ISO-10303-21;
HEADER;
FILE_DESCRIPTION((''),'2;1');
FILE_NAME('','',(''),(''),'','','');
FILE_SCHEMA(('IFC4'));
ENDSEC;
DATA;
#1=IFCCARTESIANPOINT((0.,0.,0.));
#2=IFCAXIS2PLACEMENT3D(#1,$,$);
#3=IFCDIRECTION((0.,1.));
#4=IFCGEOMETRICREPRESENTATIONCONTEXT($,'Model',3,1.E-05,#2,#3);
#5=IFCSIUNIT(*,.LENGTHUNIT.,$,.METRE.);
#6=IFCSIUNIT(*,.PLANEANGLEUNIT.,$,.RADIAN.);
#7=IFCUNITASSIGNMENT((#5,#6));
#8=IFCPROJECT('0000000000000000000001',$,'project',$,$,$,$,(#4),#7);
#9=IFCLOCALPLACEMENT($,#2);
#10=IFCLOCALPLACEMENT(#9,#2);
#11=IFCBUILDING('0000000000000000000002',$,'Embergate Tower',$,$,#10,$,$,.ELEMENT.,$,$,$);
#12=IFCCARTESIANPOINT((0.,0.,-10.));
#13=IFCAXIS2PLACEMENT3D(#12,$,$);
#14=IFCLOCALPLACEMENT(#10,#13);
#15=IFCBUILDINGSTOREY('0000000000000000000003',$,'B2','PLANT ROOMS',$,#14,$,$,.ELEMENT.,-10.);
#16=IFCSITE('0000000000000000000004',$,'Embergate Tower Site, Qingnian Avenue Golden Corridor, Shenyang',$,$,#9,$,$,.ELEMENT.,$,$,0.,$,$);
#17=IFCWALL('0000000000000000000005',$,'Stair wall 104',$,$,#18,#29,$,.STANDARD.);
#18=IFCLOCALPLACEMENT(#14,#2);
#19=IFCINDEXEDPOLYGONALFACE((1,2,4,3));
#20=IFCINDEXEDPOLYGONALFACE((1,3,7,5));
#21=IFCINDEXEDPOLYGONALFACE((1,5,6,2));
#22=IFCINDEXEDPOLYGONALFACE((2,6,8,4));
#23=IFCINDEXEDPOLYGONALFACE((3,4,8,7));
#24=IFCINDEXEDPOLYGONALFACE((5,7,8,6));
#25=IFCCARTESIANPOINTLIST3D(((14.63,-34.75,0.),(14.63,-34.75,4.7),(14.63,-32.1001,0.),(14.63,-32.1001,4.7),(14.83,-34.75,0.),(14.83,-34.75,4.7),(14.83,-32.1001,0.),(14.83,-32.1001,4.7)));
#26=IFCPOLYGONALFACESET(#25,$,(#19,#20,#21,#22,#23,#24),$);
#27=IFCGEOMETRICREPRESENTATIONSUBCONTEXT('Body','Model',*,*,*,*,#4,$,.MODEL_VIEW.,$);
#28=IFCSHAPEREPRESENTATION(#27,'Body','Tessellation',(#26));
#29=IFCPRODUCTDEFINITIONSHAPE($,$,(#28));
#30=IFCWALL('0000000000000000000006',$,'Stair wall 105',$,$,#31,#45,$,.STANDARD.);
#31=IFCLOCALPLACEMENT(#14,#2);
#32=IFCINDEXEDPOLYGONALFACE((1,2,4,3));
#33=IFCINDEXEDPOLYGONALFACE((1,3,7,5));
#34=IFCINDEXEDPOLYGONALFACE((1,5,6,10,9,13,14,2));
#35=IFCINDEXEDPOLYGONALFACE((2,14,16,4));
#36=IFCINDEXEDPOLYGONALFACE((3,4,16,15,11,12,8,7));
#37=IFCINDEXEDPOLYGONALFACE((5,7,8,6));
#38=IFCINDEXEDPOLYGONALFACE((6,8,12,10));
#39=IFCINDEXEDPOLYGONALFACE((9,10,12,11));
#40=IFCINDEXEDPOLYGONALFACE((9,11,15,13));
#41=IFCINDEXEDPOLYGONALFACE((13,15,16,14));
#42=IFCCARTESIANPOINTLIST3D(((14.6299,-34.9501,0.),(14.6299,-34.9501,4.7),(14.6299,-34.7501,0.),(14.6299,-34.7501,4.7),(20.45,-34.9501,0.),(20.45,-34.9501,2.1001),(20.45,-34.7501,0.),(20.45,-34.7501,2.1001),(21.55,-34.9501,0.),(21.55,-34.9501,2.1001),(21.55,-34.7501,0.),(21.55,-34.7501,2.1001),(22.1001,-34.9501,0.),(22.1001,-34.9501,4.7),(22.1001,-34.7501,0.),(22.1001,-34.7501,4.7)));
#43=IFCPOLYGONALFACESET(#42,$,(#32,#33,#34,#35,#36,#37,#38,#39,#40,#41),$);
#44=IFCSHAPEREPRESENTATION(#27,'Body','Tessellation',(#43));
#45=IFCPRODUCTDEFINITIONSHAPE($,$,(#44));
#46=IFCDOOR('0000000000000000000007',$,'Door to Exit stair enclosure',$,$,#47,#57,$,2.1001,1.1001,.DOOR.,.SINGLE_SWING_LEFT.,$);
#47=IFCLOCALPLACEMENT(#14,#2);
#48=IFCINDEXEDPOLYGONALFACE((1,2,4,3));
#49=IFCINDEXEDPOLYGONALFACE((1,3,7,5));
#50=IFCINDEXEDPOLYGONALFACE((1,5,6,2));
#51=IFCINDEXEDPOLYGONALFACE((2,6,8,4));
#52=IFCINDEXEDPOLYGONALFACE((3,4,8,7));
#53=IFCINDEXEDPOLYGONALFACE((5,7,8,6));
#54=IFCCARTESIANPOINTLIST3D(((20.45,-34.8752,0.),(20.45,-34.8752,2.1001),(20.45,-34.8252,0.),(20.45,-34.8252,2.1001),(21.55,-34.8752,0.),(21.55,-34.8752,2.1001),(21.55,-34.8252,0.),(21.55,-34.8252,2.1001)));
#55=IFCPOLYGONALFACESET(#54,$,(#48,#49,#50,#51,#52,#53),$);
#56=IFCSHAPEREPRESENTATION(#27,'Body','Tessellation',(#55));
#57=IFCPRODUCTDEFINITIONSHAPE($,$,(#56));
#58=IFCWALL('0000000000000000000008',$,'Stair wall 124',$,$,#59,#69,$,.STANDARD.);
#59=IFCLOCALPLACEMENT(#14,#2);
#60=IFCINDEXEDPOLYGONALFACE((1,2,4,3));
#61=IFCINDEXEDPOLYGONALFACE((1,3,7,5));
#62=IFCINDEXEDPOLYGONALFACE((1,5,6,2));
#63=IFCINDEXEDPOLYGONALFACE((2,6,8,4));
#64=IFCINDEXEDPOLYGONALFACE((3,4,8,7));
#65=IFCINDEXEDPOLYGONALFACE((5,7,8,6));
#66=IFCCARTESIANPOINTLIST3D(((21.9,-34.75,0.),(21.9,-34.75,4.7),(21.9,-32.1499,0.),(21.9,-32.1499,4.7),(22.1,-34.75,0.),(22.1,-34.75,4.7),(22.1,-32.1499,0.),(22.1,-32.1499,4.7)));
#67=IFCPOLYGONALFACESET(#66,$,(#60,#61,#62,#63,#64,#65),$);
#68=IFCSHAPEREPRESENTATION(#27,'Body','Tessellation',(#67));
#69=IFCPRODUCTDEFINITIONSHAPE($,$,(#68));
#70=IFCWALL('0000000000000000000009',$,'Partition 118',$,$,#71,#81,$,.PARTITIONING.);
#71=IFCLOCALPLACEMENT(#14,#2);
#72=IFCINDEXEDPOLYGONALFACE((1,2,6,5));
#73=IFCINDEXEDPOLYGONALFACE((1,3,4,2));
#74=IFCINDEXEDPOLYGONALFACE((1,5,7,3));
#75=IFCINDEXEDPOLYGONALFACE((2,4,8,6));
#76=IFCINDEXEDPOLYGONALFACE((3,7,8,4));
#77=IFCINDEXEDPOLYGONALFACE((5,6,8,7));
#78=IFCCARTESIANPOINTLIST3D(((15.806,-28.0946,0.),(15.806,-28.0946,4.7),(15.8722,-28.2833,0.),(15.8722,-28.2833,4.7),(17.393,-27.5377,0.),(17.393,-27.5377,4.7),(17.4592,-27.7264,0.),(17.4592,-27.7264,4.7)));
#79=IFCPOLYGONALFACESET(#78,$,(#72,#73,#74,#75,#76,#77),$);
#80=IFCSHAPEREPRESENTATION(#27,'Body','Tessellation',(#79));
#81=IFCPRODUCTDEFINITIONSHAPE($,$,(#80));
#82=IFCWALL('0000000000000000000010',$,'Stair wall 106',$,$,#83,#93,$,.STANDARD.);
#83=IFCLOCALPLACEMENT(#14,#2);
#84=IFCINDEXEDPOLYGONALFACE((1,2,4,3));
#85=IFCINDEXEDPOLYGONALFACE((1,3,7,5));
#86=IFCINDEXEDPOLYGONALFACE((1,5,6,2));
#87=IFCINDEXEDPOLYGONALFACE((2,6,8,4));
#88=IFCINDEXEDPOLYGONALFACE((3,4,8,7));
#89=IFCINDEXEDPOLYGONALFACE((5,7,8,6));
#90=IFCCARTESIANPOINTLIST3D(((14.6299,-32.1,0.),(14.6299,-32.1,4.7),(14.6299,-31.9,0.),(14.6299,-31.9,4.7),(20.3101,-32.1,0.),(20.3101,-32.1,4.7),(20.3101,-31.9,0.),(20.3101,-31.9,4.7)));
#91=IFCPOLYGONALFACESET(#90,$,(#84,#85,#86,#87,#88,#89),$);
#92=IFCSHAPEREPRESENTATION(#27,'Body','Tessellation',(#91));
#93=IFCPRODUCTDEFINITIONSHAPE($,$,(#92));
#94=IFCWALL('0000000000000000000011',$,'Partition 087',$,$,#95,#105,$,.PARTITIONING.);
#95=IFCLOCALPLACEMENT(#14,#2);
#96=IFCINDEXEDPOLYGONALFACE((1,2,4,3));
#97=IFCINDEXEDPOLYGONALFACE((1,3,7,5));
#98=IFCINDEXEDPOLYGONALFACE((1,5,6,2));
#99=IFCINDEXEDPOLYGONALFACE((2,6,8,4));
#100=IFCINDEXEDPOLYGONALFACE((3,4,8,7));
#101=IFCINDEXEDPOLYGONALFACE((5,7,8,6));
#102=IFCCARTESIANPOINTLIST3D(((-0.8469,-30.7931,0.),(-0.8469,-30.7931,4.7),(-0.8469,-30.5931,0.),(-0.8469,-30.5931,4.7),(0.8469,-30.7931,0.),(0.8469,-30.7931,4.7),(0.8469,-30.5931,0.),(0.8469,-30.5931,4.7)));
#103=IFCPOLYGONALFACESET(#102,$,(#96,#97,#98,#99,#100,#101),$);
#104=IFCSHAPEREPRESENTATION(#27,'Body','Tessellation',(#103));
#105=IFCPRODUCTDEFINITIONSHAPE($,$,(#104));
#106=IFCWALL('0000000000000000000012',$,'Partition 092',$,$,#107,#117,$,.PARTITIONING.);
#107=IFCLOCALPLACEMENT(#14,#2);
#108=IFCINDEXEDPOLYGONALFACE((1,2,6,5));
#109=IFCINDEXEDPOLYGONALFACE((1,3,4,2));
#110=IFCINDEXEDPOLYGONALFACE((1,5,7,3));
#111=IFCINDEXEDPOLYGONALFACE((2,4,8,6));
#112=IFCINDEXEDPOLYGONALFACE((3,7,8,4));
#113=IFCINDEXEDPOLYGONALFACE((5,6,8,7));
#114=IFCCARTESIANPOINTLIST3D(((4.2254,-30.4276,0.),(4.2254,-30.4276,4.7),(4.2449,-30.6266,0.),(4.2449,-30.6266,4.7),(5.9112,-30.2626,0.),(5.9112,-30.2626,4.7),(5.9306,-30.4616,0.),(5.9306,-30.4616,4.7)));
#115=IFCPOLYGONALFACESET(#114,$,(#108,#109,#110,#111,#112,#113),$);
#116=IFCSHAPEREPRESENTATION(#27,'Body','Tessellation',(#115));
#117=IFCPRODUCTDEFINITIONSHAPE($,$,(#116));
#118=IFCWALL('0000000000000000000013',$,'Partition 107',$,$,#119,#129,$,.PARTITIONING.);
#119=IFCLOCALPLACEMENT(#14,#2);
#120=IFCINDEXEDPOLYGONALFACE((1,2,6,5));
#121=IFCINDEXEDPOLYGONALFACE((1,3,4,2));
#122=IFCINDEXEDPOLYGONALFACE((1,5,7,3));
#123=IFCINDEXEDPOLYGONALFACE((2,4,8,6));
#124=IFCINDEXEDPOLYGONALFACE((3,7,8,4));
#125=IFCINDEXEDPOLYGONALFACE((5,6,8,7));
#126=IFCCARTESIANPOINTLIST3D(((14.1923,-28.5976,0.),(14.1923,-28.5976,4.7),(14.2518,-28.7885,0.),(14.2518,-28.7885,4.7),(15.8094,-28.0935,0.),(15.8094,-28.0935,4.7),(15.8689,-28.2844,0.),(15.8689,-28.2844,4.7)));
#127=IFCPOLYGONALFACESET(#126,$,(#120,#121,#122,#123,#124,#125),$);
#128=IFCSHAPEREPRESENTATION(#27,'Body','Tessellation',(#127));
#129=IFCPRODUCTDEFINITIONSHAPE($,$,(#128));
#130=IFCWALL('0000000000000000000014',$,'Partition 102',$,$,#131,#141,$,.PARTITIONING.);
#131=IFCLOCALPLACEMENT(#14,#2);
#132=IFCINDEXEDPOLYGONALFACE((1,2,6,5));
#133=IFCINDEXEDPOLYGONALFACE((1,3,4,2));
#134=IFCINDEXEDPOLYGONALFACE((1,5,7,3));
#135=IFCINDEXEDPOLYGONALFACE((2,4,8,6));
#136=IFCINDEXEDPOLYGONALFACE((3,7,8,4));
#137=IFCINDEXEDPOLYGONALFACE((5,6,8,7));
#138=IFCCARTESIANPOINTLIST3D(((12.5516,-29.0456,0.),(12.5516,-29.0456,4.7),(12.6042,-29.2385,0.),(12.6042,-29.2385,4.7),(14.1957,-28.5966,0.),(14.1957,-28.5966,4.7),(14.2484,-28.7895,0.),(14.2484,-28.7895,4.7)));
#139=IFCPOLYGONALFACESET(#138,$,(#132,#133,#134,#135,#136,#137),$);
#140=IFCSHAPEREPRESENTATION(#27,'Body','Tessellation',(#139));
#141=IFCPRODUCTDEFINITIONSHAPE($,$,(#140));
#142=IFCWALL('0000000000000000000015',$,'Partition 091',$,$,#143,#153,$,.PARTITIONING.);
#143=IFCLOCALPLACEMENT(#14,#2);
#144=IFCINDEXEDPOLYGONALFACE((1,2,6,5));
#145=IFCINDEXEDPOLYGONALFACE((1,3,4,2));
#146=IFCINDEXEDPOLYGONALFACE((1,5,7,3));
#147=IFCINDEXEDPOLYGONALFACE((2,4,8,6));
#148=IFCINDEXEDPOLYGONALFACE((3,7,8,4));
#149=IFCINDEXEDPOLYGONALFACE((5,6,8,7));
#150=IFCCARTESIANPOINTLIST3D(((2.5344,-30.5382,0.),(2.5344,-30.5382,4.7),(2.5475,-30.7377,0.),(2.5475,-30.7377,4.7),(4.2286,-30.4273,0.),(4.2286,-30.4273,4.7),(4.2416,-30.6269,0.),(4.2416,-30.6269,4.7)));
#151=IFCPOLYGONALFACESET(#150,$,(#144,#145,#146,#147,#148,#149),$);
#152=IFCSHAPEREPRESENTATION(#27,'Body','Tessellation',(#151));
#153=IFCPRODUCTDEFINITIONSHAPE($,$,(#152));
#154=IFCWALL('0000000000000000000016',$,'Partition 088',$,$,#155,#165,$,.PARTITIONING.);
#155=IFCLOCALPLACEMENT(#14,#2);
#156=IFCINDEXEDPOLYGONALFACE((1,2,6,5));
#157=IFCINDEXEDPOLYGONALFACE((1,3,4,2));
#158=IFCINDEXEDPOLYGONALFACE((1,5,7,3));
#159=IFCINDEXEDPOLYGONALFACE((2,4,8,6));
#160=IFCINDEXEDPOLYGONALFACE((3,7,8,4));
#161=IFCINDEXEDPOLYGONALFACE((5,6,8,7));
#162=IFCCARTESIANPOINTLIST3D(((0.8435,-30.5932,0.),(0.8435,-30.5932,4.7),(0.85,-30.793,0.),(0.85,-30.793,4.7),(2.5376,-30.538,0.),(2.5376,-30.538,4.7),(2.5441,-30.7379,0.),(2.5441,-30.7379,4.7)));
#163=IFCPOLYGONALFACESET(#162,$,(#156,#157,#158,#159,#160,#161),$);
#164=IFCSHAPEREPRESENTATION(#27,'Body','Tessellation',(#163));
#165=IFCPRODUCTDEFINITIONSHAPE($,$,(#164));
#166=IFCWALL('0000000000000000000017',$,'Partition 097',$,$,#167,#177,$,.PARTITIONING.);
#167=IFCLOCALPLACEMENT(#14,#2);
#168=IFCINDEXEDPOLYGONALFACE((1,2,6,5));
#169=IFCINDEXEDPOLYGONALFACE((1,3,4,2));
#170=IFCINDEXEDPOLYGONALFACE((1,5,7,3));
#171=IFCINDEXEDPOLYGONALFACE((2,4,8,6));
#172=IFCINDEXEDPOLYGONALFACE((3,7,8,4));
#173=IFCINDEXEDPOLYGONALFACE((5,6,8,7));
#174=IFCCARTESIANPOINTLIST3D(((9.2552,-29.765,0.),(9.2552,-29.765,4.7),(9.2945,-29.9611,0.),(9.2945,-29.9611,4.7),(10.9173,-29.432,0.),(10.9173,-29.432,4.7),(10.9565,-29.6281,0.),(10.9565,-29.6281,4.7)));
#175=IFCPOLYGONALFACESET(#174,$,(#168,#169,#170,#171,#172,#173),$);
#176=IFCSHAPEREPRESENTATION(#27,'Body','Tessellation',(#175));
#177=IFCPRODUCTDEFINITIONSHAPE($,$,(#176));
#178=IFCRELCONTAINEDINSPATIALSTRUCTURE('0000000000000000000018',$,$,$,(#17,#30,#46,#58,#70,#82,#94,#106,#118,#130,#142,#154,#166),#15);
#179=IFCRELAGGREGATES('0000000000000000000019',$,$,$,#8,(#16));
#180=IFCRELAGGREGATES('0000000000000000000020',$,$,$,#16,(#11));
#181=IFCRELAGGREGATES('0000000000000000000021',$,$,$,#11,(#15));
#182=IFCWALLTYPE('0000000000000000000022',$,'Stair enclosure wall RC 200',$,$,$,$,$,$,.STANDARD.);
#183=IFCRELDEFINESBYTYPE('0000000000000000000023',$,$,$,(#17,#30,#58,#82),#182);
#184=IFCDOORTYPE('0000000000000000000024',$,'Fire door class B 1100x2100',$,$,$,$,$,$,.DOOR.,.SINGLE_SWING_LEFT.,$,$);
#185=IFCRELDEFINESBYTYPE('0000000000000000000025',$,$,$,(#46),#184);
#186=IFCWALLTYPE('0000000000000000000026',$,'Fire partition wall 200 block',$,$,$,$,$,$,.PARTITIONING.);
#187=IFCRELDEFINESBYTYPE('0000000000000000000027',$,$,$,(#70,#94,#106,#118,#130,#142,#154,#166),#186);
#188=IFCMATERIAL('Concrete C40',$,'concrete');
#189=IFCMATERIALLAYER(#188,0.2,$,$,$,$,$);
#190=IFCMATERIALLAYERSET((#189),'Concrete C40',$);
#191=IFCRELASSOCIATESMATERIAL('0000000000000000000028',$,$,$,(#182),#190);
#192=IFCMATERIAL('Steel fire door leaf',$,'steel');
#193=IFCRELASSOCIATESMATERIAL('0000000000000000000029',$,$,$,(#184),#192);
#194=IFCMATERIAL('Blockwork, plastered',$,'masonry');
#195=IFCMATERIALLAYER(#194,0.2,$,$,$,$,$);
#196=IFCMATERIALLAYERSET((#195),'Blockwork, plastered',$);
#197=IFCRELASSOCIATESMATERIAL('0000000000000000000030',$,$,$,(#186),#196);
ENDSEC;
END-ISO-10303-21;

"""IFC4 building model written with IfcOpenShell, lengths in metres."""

from ifc_helpers import new_model, si_unit, direction, frame, frame_2d, origin, place, context, subcontext, project, spatial, rectangle, extrude, source, transform, mapped, material, layer, layer_set, type_object, element, fill, save


model = new_model("IFC4")

# Units and contexts
model_context = context("Model", 3, precision=1e-05, world=origin(), true_north=direction((0.0, 1.0)))
body_context = subcontext(model_context, "Body", "Model", "MODEL_VIEW")
ifc_project = project(units=[si_unit("LENGTHUNIT", "METRE"), si_unit("PLANEANGLEUNIT", "RADIAN")], contexts=[model_context])

# Site, building, storey
site_placement = place(None, origin())
site = spatial("IfcSite", under=ifc_project, at=site_placement, Name="Embergate Tower Site, Qingnian Avenue Golden Corridor, Shenyang", CompositionType="ELEMENT", RefElevation=0.0)
building_placement = place(site_placement, origin())
building = spatial("IfcBuilding", under=site, at=building_placement, Name="Embergate Tower", CompositionType="ELEMENT")
storey_placement = place(building_placement, frame((0.0, 0.0, -10.0)))
storey = spatial("IfcBuildingStorey", under=building, at=storey_placement, Name="B2", Description="PLANT ROOMS", CompositionType="ELEMENT", Elevation=-10.0)

# Shared definitions
ifc_material_1 = material(Name="Concrete C40", Category="concrete")

# Wall
ifc_layer_1 = layer(ifc_material_1, 0.2)
ifc_layer_set_1 = layer_set([ifc_layer_1], Name="Concrete C40")
wall_type_1 = type_object("IfcWallType", Name="Stair enclosure wall RC 200", PredefinedType="STANDARD", material=ifc_layer_set_1)
shared_shape_1 = source(origin(), body_context, "Body", "SweptSolid", [
    extrude(rectangle(XDim=2.6499, YDim=0.2, at=frame_2d((1.325, 0.0))), origin(), (0.0, 0.0, 1.0), 4.7),
])
wall_1_placement = place(storey_placement, frame((14.73, -34.75, 0.0), z_axis=(0.0, 0.0, 1.0), x_axis=(0.0, 1.0, 0.0)))
element("IfcWall", 1, at=wall_1_placement, inside=storey, type_object=wall_type_1, Name="Stair wall 104", PredefinedType="STANDARD", context=body_context, shape_type="MappedRepresentation", body=[
    mapped(shared_shape_1, transform((0.0, 0.0, 0.0))),
])

# Wall, opening, door
shared_shape_2 = source(origin(), body_context, "Body", "SweptSolid", [
    extrude(rectangle(XDim=7.4702, YDim=0.2, at=frame_2d((3.7351, 0.0))), origin(), (0.0, 0.0, 1.0), 4.7),
])
wall_2_placement = place(storey_placement, frame((14.6299, -34.8501, 0.0), z_axis=(0.0, 0.0, 1.0), x_axis=(1.0, 0.0, 0.0)))
wall_2 = element("IfcWall", 2, at=wall_2_placement, inside=storey, type_object=wall_type_1, Name="Stair wall 105", PredefinedType="STANDARD", context=body_context, shape_type="MappedRepresentation", body=[
    mapped(shared_shape_2, transform((0.0, 0.0, 0.0))),
])
shared_shape_3 = source(origin(), body_context, "Body", "SweptSolid", [
    extrude(rectangle(XDim=1.1001, YDim=2.1001, at=frame_2d((0.55, 1.05))), frame((0.0, 0.1099, 0.0), z_axis=(0.0, -1.0, 0.0), x_axis=(1.0, 0.0, 0.0)), (0.0, 0.0, 1.0), 0.22),
])
opening_placement = place(wall_2_placement, frame((5.8201, 0.0, 0.0)))
opening = element("IfcOpeningElement", 3, at=opening_placement, cuts=wall_2, PredefinedType="OPENING", context=body_context, shape_type="MappedRepresentation", body=[
    mapped(shared_shape_3, transform((0.0, 0.0, 0.0))),
])
ifc_material_2 = material(Name="Steel fire door leaf", Category="steel")
door_type = type_object("IfcDoorType", Name="Fire door class B 1100x2100", OperationType="SINGLE_SWING_LEFT", PredefinedType="DOOR", material=ifc_material_2)
shared_shape_4 = source(origin(), body_context, "Body", "SweptSolid", [
    extrude(rectangle(XDim=1.1001, YDim=2.1001, at=frame_2d((0.55, 1.05))), frame((0.0, 0.0249, 0.0), z_axis=(0.0, -1.0, 0.0), x_axis=(1.0, 0.0, 0.0)), (0.0, 0.0, 1.0), 0.05),
])
door_placement = place(opening_placement, origin())
door = element("IfcDoor", 4, at=door_placement, inside=storey, type_object=door_type, Name="Door to Exit stair enclosure", OperationType="SINGLE_SWING_LEFT", OverallHeight=2.1001, OverallWidth=1.1001, PredefinedType="DOOR", context=body_context, shape_type="MappedRepresentation", body=[
    mapped(shared_shape_4, transform((0.0, 0.0, 0.0))),
])
fill(opening, door)

# Walls
shared_shape_5 = source(origin(), body_context, "Body", "SweptSolid", [
    extrude(rectangle(XDim=2.6001, YDim=0.2, at=frame_2d((1.3, 0.0))), origin(), (0.0, 0.0, 1.0), 4.7),
])
wall_3_placement = place(storey_placement, frame((22.0, -32.1499, 0.0), z_axis=(0.0, 0.0, 1.0), x_axis=(0.0, -1.0, 0.0)))
element("IfcWall", 5, at=wall_3_placement, inside=storey, type_object=wall_type_1, Name="Stair wall 124", PredefinedType="STANDARD", context=body_context, shape_type="MappedRepresentation", body=[
    mapped(shared_shape_5, transform((0.0, 0.0, 0.0))),
])
ifc_material_3 = material(Name="Blockwork, plastered", Category="masonry")
ifc_layer_2 = layer(ifc_material_3, 0.2)
ifc_layer_set_2 = layer_set([ifc_layer_2], Name="Blockwork, plastered")
wall_type_2 = type_object("IfcWallType", Name="Fire partition wall 200 block", PredefinedType="PARTITIONING", material=ifc_layer_set_2)
shared_shape_6 = source(origin(), body_context, "Body", "SweptSolid", [
    extrude(rectangle(XDim=1.6819, YDim=0.2, at=frame_2d((0.8408, 0.0))), origin(), (0.0, 0.0, 1.0), 4.7),
])
wall_4_placement = place(storey_placement, frame((17.426, -27.6321, 0.0), z_axis=(0.0, 0.0, 1.0), x_axis=(-0.943586, -0.331126, 0.0)))
element("IfcWall", 6, at=wall_4_placement, inside=storey, type_object=wall_type_2, Name="Partition 118", PredefinedType="PARTITIONING", context=body_context, shape_type="MappedRepresentation", body=[
    mapped(shared_shape_6, transform((0.0, 0.0, 0.0))),
])
shared_shape_7 = source(origin(), body_context, "Body", "SweptSolid", [
    extrude(rectangle(XDim=5.6802, YDim=0.2, at=frame_2d((2.8401, 0.0))), origin(), (0.0, 0.0, 1.0), 4.7),
])
wall_5_placement = place(storey_placement, frame((14.6299, -32.0, 0.0), z_axis=(0.0, 0.0, 1.0), x_axis=(1.0, 0.0, 0.0)))
element("IfcWall", 7, at=wall_5_placement, inside=storey, type_object=wall_type_1, Name="Stair wall 106", PredefinedType="STANDARD", context=body_context, shape_type="MappedRepresentation", body=[
    mapped(shared_shape_7, transform((0.0, 0.0, 0.0))),
])
shared_shape_8 = source(origin(), body_context, "Body", "SweptSolid", [
    extrude(rectangle(XDim=1.6938, YDim=0.2, at=frame_2d((0.8469, 0.0))), origin(), (0.0, 0.0, 1.0), 4.7),
])
for number, where, z_axis, x_axis, name in (
    (8, (0.8469, -30.6931, 0.0), (0.0, 0.0, 1.0), (-1.0, 0.0, 0.0), "Partition 087"),
    (9, (5.9209, -30.3621, 0.0), (0.0, 0.0, 1.0), (-0.995242, -0.097434, 0.0), "Partition 092"),
    (10, (15.8391, -28.189, 0.0), (0.0, 0.0, 1.0), (-0.954685, -0.297618, 0.0), "Partition 107"),
):
    element("IfcWall", number, at=place(storey_placement, frame(where, z_axis=z_axis, x_axis=x_axis)), inside=storey, type_object=wall_type_2, Name=name, PredefinedType="PARTITIONING", context=body_context, shape_type="MappedRepresentation", body=[
        mapped(shared_shape_8, transform((0.0, 0.0, 0.0))),
    ])
shared_shape_9 = source(origin(), body_context, "Body", "SweptSolid", [
    extrude(rectangle(XDim=1.7043, YDim=0.2, at=frame_2d((0.8521, 0.0))), origin(), (0.0, 0.0, 1.0), 4.7),
])
wall_6_placement = place(storey_placement, frame((14.2219, -28.6931, 0.0), z_axis=(0.0, 0.0, 1.0), x_axis=(-0.964675, -0.263445, 0.0)))
element("IfcWall", 11, at=wall_6_placement, inside=storey, type_object=wall_type_2, Name="Partition 102", PredefinedType="PARTITIONING", context=body_context, shape_type="MappedRepresentation", body=[
    mapped(shared_shape_9, transform((0.0, 0.0, 0.0))),
])
shared_shape_10 = source(origin(), body_context, "Body", "SweptSolid", [
    extrude(rectangle(XDim=1.6978, YDim=0.2, at=frame_2d((0.8489, 0.0))), origin(), (0.0, 0.0, 1.0), 4.7),
])
wall_7_placement = place(storey_placement, frame((4.2351, -30.5271, 0.0), z_axis=(0.0, 0.0, 1.0), x_axis=(-0.997866, -0.065288, 0.0)))
element("IfcWall", 12, at=wall_7_placement, inside=storey, type_object=wall_type_2, Name="Partition 091", PredefinedType="PARTITIONING", context=body_context, shape_type="MappedRepresentation", body=[
    mapped(shared_shape_10, transform((0.0, 0.0, 0.0))),
])
shared_shape_11 = source(origin(), body_context, "Body", "SweptSolid", [
    extrude(rectangle(XDim=1.6951, YDim=0.2, at=frame_2d((0.8477, 0.0))), origin(), (0.0, 0.0, 1.0), 4.7),
])
for number, where, z_axis, x_axis, name in (
    (13, (2.541, -30.6379, 0.0), (0.0, 0.0, 1.0), (-0.99947, -0.032552, 0.0), "Partition 088"),
    (14, (10.937, -29.53, 0.0), (0.0, 0.0, 1.0), (-0.980514, -0.196448, 0.0), "Partition 097"),
):
    element("IfcWall", number, at=place(storey_placement, frame(where, z_axis=z_axis, x_axis=x_axis)), inside=storey, type_object=wall_type_2, Name=name, PredefinedType="PARTITIONING", context=body_context, shape_type="MappedRepresentation", body=[
        mapped(shared_shape_11, transform((0.0, 0.0, 0.0))),
    ])

save(model, "model.ifc")
